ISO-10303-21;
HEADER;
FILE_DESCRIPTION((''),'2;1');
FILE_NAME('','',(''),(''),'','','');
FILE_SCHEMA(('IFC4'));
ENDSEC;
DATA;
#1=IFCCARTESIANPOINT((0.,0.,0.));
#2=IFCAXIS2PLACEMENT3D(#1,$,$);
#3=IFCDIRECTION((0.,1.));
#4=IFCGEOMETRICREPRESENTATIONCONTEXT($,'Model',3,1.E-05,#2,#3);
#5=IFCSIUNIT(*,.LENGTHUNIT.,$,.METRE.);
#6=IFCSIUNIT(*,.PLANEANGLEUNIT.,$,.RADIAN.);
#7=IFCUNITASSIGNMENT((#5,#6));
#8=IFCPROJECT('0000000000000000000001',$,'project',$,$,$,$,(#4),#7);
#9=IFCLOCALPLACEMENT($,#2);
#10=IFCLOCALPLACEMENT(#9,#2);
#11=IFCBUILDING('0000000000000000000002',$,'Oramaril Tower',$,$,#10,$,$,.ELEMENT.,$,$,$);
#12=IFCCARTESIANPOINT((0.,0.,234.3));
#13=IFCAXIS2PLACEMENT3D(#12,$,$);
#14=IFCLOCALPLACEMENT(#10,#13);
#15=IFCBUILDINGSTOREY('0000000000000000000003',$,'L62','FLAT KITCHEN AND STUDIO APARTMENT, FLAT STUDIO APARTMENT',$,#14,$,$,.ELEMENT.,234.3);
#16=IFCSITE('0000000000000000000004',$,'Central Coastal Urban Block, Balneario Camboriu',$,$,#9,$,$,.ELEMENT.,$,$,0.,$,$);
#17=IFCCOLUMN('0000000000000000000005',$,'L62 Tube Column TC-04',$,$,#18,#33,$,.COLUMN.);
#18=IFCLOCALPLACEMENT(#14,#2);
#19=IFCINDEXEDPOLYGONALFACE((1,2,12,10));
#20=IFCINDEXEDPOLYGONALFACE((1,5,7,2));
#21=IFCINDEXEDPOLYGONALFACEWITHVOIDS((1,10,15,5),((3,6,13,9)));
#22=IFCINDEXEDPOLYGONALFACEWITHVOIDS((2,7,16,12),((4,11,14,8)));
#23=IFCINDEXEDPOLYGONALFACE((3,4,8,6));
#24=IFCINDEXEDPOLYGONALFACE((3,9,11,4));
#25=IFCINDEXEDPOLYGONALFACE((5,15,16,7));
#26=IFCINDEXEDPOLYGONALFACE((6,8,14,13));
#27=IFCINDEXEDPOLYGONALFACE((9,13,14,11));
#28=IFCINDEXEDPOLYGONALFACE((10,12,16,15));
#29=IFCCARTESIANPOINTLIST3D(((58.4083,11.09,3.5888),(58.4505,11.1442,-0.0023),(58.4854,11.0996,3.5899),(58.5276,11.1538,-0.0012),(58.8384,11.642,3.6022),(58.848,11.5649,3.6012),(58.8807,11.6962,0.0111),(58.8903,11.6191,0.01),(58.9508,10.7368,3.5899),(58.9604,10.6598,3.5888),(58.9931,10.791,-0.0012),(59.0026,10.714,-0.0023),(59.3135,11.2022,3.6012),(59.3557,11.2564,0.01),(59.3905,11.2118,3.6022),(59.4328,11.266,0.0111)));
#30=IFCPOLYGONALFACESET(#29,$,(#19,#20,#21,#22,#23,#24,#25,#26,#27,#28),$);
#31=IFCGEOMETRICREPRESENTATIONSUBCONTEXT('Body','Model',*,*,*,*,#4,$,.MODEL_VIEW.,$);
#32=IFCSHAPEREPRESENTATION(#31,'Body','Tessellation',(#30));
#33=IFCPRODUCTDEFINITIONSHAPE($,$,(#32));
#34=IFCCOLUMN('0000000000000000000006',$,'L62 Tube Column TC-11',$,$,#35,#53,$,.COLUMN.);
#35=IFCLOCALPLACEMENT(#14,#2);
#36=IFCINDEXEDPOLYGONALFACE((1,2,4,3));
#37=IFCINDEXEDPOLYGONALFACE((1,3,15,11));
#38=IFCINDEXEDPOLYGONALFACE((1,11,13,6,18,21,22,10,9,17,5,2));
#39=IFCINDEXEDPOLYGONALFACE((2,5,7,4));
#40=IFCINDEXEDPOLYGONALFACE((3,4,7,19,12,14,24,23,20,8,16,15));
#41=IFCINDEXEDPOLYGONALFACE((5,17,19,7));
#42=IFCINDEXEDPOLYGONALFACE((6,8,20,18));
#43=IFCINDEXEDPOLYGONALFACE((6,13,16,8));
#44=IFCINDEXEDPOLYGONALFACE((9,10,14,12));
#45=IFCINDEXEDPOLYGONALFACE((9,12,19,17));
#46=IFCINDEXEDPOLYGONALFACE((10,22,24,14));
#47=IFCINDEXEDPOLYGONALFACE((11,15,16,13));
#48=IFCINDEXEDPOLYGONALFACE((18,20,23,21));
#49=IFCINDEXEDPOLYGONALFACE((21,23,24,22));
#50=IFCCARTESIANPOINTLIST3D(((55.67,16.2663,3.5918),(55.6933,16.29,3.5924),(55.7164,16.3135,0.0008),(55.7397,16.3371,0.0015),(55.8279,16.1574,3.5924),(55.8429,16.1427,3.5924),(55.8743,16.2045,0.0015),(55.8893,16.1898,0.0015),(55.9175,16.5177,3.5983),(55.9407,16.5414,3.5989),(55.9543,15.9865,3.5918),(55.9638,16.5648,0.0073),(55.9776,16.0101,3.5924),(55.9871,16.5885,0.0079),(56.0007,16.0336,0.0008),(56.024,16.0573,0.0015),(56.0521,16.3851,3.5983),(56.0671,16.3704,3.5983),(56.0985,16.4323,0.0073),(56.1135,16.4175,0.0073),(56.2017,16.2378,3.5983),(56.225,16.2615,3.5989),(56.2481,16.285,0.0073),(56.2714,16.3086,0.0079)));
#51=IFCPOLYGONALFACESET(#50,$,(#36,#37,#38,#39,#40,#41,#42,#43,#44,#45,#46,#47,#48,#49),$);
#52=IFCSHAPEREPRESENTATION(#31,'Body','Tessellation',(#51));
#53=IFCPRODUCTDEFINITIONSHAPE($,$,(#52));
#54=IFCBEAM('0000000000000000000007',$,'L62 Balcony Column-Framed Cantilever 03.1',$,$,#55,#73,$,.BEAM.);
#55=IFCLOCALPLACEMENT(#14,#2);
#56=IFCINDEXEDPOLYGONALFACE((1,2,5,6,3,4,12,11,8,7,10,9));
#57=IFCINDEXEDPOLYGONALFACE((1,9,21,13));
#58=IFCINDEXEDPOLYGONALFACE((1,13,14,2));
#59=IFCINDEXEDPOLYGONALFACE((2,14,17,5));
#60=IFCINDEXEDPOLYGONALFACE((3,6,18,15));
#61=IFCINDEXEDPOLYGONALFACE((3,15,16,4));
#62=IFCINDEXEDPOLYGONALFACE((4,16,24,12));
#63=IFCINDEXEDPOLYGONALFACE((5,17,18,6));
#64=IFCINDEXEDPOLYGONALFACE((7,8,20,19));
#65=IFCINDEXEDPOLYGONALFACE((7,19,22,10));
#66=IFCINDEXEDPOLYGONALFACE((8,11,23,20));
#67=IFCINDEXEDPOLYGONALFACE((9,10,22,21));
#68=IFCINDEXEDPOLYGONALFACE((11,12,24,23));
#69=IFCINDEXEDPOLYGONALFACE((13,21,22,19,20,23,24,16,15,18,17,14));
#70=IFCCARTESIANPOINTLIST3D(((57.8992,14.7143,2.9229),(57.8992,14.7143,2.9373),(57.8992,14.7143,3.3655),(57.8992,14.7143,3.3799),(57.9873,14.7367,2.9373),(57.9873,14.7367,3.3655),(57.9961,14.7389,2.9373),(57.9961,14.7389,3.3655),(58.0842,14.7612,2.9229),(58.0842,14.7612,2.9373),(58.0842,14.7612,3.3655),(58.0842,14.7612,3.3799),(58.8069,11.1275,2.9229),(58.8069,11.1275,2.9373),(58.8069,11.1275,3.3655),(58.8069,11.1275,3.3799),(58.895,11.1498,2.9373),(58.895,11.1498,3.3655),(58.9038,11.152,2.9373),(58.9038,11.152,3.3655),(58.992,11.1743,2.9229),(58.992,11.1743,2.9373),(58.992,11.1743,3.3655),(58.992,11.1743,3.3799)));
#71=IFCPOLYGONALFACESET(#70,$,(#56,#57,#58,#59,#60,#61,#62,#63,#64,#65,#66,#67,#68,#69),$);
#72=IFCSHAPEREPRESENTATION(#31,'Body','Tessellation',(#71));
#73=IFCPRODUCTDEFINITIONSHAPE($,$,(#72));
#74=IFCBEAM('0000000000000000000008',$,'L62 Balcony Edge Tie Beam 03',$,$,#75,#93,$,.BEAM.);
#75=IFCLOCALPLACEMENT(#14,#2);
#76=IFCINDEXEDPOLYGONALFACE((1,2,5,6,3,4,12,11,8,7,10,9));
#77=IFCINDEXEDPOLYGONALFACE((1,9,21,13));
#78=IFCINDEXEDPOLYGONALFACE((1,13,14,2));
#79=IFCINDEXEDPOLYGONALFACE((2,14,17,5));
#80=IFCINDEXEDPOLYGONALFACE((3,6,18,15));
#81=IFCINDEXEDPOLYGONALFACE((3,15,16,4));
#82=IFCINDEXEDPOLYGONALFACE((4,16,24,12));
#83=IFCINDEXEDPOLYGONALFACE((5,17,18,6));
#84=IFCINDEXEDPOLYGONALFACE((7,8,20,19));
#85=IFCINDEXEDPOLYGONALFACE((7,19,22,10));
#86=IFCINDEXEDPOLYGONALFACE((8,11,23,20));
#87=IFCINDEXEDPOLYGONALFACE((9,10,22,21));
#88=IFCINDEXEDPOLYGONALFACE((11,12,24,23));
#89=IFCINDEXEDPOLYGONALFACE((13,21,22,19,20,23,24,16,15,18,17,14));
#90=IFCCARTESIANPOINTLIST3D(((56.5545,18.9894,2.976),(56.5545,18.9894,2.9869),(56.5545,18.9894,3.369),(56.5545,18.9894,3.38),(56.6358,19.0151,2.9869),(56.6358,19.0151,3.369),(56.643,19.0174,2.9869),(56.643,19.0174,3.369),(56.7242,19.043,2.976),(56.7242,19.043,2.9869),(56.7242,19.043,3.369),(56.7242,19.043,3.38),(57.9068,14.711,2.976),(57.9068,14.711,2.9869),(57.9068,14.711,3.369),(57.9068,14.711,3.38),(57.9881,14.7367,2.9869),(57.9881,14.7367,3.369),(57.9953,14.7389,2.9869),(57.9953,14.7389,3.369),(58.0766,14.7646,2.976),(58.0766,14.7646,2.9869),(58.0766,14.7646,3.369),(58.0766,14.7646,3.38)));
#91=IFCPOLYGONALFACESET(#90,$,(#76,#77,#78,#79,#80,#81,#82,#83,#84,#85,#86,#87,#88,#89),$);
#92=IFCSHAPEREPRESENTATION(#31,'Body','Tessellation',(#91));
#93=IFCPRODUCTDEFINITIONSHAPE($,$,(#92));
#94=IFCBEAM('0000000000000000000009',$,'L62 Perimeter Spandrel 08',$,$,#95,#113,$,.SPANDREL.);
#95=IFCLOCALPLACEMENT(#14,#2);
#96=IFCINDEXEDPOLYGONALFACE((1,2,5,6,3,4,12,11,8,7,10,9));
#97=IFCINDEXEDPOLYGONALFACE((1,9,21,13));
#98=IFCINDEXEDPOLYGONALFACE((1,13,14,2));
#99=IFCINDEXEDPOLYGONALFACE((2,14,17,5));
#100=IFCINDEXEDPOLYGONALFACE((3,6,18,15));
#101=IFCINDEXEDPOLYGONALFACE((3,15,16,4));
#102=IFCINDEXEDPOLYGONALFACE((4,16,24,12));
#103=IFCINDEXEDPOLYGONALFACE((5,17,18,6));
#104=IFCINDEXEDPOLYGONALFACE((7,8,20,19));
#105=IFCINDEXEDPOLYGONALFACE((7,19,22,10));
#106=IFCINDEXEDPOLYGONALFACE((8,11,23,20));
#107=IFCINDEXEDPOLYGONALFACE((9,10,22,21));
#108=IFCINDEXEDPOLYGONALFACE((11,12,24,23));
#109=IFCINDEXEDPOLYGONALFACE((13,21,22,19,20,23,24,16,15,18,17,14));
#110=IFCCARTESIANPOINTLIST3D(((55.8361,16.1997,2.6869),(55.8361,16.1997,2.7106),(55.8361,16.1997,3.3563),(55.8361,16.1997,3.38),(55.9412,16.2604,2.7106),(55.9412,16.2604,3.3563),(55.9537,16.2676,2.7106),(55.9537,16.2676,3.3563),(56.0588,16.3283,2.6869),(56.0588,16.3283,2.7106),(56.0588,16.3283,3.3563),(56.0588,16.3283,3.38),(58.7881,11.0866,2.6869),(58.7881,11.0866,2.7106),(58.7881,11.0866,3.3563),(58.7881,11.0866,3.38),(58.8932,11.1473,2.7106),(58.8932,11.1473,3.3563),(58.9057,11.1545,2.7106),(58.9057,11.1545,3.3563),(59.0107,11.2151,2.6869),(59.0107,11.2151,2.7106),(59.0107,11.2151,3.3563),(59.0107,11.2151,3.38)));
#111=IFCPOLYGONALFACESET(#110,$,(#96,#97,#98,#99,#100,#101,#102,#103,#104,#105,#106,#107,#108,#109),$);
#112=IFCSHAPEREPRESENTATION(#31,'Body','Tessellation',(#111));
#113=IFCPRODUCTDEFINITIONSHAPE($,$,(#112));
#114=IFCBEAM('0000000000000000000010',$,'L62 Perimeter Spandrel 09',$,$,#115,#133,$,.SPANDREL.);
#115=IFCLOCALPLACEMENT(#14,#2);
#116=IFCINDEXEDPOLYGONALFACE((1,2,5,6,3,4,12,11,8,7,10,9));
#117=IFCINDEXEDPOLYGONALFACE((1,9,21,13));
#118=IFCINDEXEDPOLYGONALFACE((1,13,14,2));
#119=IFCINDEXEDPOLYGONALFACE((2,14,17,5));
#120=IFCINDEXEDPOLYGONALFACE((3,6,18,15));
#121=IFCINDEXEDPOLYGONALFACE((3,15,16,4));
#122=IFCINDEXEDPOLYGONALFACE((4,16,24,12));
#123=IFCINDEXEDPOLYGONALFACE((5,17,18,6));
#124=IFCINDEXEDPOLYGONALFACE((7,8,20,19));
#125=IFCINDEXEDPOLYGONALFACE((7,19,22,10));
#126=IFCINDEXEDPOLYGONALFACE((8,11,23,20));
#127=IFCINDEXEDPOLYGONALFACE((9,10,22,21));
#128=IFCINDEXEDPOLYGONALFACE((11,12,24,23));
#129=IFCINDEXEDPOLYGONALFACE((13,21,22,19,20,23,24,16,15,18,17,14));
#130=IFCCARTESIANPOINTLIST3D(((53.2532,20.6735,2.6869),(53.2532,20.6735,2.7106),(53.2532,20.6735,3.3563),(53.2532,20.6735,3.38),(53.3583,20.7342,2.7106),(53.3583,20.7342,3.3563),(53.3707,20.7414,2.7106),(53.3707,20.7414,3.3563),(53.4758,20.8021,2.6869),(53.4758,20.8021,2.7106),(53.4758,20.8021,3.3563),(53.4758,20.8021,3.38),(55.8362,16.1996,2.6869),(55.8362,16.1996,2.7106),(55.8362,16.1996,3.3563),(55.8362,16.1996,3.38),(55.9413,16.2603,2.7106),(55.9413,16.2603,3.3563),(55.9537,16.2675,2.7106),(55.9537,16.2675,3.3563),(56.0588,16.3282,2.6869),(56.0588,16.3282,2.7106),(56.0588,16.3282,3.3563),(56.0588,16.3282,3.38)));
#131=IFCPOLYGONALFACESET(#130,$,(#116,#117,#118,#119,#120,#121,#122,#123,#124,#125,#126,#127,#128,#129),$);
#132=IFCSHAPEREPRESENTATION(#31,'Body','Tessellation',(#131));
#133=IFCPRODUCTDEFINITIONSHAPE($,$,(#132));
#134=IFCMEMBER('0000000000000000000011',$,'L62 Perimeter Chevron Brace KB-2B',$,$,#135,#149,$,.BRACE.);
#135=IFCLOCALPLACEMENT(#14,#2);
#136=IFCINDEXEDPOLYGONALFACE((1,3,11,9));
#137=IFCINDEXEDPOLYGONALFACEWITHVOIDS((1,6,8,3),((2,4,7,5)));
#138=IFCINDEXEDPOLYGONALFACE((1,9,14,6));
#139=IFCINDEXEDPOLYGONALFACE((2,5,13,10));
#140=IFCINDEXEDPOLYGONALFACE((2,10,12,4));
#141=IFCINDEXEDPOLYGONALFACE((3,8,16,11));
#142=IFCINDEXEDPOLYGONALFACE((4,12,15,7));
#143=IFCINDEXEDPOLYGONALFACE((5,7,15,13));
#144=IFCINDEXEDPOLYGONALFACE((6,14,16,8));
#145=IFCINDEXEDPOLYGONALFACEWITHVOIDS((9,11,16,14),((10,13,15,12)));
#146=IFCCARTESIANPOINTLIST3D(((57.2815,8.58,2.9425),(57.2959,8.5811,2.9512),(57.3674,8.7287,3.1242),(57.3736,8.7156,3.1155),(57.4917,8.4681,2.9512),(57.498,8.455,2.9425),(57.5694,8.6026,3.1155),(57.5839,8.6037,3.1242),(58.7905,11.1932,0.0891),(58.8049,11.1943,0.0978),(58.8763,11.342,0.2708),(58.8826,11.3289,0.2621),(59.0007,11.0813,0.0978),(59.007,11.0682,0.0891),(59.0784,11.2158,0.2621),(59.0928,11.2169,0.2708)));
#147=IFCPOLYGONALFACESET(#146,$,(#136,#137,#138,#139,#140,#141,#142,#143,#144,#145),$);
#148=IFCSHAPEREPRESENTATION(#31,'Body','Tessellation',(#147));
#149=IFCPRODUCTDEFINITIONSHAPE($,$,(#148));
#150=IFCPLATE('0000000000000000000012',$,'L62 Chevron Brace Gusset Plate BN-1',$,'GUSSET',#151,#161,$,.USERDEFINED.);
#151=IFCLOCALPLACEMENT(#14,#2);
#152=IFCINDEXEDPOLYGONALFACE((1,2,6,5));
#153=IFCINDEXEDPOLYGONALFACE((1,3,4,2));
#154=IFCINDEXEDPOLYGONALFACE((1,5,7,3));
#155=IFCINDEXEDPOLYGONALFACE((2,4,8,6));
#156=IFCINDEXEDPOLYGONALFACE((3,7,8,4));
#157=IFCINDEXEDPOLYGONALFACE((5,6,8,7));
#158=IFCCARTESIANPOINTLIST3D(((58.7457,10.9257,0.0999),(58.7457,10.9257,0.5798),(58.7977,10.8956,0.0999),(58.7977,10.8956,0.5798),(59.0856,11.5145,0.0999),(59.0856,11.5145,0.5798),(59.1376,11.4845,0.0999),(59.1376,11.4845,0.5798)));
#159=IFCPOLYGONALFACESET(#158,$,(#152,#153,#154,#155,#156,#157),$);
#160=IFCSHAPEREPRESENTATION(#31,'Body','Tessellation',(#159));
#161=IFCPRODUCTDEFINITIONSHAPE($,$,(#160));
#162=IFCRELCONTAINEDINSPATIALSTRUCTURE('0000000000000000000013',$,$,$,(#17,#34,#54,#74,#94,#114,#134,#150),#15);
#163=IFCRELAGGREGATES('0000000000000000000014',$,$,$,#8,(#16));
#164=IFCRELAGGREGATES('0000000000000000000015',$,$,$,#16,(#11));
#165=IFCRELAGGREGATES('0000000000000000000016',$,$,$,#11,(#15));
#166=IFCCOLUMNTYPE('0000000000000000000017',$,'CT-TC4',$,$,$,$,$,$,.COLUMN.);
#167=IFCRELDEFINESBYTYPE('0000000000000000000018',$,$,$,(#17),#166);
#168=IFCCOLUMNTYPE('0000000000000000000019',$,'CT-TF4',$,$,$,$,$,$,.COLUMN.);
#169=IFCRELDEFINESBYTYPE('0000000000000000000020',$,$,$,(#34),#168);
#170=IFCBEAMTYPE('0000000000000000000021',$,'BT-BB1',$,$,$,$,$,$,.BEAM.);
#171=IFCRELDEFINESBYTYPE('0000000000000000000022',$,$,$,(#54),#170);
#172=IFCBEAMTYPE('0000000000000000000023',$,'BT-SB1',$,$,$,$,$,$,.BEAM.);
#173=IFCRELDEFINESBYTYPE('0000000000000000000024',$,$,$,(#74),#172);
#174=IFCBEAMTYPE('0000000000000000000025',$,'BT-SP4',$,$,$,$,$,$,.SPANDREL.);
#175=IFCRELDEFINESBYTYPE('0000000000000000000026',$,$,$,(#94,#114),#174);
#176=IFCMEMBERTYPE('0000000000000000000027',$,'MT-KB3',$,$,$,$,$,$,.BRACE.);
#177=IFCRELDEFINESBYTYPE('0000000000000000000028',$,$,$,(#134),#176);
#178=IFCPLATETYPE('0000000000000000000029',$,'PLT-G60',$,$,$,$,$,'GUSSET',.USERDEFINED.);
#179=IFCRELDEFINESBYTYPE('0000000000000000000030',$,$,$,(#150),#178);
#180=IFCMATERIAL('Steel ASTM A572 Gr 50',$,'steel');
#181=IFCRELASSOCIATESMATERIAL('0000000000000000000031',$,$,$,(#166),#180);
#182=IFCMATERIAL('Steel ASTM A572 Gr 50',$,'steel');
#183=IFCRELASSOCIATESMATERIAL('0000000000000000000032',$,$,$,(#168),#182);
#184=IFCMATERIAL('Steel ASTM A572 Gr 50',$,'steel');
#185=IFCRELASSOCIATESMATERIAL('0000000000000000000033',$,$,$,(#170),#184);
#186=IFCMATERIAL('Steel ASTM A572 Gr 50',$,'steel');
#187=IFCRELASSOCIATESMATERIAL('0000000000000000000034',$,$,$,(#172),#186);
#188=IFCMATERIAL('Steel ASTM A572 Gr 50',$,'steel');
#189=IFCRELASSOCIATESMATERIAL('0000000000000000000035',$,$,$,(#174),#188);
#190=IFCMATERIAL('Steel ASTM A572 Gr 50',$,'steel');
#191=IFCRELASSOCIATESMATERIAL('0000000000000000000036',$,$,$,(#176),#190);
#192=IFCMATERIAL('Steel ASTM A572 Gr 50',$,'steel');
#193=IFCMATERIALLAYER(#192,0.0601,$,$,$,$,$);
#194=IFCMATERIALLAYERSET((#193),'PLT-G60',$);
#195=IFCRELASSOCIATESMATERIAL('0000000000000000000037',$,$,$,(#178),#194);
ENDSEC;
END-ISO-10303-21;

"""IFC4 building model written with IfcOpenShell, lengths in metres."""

from ifc_helpers import new_model, si_unit, direction, frame, origin, origin_2d, place, context, subcontext, project, spatial, rectangle, hollow_rectangle, i_section, extrude, material, layer, layer_set, material_profile, profile_set, type_object, element, save


model = new_model("IFC4")

# Units and contexts
model_context = context("Model", 3, precision=1e-05, world=origin(), true_north=direction((0.0, 1.0)))
body_context = subcontext(model_context, "Body", "Model", "MODEL_VIEW")
ifc_project = project(units=[si_unit("LENGTHUNIT", "METRE"), si_unit("PLANEANGLEUNIT", "RADIAN")], contexts=[model_context])

# Site, building, storey
site_placement = place(None, origin())
site = spatial("IfcSite", under=ifc_project, at=site_placement, Name="Central Coastal Urban Block, Balneario Camboriu", CompositionType="ELEMENT", RefElevation=0.0)
building_placement = place(site_placement, origin())
building = spatial("IfcBuilding", under=site, at=building_placement, Name="Oramaril Tower", CompositionType="ELEMENT")
storey_placement = place(building_placement, frame((0.0, 0.0, 234.3)))
storey = spatial("IfcBuildingStorey", under=building, at=storey_placement, Name="L62", Description="FLAT KITCHEN AND STUDIO APARTMENT, FLAT STUDIO APARTMENT", CompositionType="ELEMENT", Elevation=234.3)

# Columns
ifc_material_1 = material(Name="Steel ASTM A572 Gr 50", Category="steel")
ifc_material_profile_1 = material_profile(ifc_material_1, hollow_rectangle(XDim=0.7, YDim=0.7, WallThickness=0.0549, at=origin_2d()), Name="BOX700X700X55")
ifc_profile_set_1 = profile_set([ifc_material_profile_1], Name="Steel ASTM A572 Gr 50")
column_type_1 = type_object("IfcColumnType", Name="CT-TC4", PredefinedType="COLUMN", material=ifc_profile_set_1)
column_1_placement = place(storey_placement, frame((58.9417, 11.2051, 0.0044), z_axis=(-0.011759, -0.01509, 0.999817), x_axis=(0.788778, -0.614678, 0.0)))
element("IfcColumn", 1, at=column_1_placement, inside=storey, type_object=column_type_1, Name="L62 Tube Column TC-04", PredefinedType="COLUMN", context=body_context, shape_type="SweptSolid", body=[
    extrude(hollow_rectangle(XDim=0.7, YDim=0.7, WallThickness=0.0549, at=origin_2d()), origin(), (0.0, 0.0, 1.0), 3.5918),
])
ifc_material_2 = material(Name="Steel ASTM A572 Gr 50", Category="steel")
ifc_material_profile_2 = material_profile(ifc_material_2, i_section(OverallWidth=0.3989, OverallDepth=0.386, WebThickness=0.021, FlangeThickness=0.0332, at=origin_2d()), Name="W14X176")
ifc_profile_set_2 = profile_set([ifc_material_profile_2], Name="Steel ASTM A572 Gr 50")
column_type_2 = type_object("IfcColumnType", Name="CT-TF4", PredefinedType="COLUMN", material=ifc_profile_set_2)
column_2_placement = place(storey_placement, frame((55.9939, 16.311, 0.0044), z_axis=(-0.012915, -0.013119, 0.999831), x_axis=(0.712624, -0.701547, 0.0)))
element("IfcColumn", 2, at=column_2_placement, inside=storey, type_object=column_type_2, Name="L62 Tube Column TC-11", PredefinedType="COLUMN", context=body_context, shape_type="SweptSolid", body=[
    extrude(i_section(OverallWidth=0.3989, OverallDepth=0.386, WebThickness=0.021, FlangeThickness=0.0332, at=origin_2d()), origin(), (0.0, 0.0, 1.0), 3.5916),
])

# Beams
ifc_material_3 = material(Name="Steel ASTM A572 Gr 50", Category="steel")
ifc_material_profile_3 = material_profile(ifc_material_3, i_section(OverallWidth=0.1909, OverallDepth=0.457, WebThickness=0.009, FlangeThickness=0.0144, at=origin_2d()), Name="W18X50")
ifc_profile_set_3 = profile_set([ifc_material_profile_3], Name="Steel ASTM A572 Gr 50")
beam_type_1 = type_object("IfcBeamType", Name="BT-BB1", PredefinedType="BEAM", material=ifc_profile_set_3)
beam_1_placement = place(storey_placement, frame((58.8994, 11.1509, 3.1514), z_axis=(-0.245329, 0.96944, 0.0), x_axis=(-0.96944, -0.245329, 0.0)))
element("IfcBeam", 3, at=beam_1_placement, inside=storey, type_object=beam_type_1, Name="L62 Balcony Column-Framed Cantilever 03.1", PredefinedType="BEAM", context=body_context, shape_type="SweptSolid", body=[
    extrude(i_section(OverallWidth=0.1909, OverallDepth=0.457, WebThickness=0.009, FlangeThickness=0.0144, at=origin_2d()), origin(), (0.0, 0.0, 1.0), 3.7),
])
ifc_material_4 = material(Name="Steel ASTM A572 Gr 50", Category="steel")
ifc_material_profile_4 = material_profile(ifc_material_4, i_section(OverallWidth=0.178, OverallDepth=0.4041, WebThickness=0.0076, FlangeThickness=0.011, at=origin_2d()), Name="W16X36")
ifc_profile_set_4 = profile_set([ifc_material_profile_4], Name="Steel ASTM A572 Gr 50")
beam_type_2 = type_object("IfcBeamType", Name="BT-SB1", PredefinedType="BEAM", material=ifc_profile_set_4)
beam_2_placement = place(storey_placement, frame((57.9917, 14.7378, 3.178), z_axis=(-0.301384, 0.953503, 0.0), x_axis=(-0.953503, -0.301384, 0.0)))
element("IfcBeam", 4, at=beam_2_placement, inside=storey, type_object=beam_type_2, Name="L62 Balcony Edge Tie Beam 03", PredefinedType="BEAM", context=body_context, shape_type="SweptSolid", body=[
    extrude(i_section(OverallWidth=0.178, OverallDepth=0.4041, WebThickness=0.0076, FlangeThickness=0.011, at=origin_2d()), origin(), (0.0, 0.0, 1.0), 4.4871),
])
ifc_material_5 = material(Name="Steel ASTM A572 Gr 50", Category="steel")
ifc_material_profile_5 = material_profile(ifc_material_5, i_section(OverallWidth=0.2571, OverallDepth=0.6931, WebThickness=0.0144, FlangeThickness=0.0237, at=origin_2d()), Name="W27X114")
ifc_profile_set_5 = profile_set([ifc_material_profile_5], Name="Steel ASTM A572 Gr 50")
beam_type_3 = type_object("IfcBeamType", Name="BT-SP4", PredefinedType="SPANDREL", material=ifc_profile_set_5)
beam_3_placement = place(storey_placement, frame((58.8994, 11.1509, 3.0334), z_axis=(-0.499986, 0.866033, 0.0), x_axis=(-0.866033, -0.499986, 0.0)))
element("IfcBeam", 5, at=beam_3_placement, inside=storey, type_object=beam_type_3, Name="L62 Perimeter Spandrel 08", PredefinedType="SPANDREL", context=body_context, shape_type="SweptSolid", body=[
    extrude(i_section(OverallWidth=0.2571, OverallDepth=0.6931, WebThickness=0.0144, FlangeThickness=0.0237, at=origin_2d()), origin(), (0.0, 0.0, 1.0), 5.9041),
])
beam_4_placement = place(storey_placement, frame((55.9475, 16.2639, 3.0334), z_axis=(-0.500002, 0.866024, 0.0), x_axis=(-0.866024, -0.500002, 0.0)))
element("IfcBeam", 6, at=beam_4_placement, inside=storey, type_object=beam_type_3, Name="L62 Perimeter Spandrel 09", PredefinedType="SPANDREL", context=body_context, shape_type="SweptSolid", body=[
    extrude(i_section(OverallWidth=0.2571, OverallDepth=0.6931, WebThickness=0.0144, FlangeThickness=0.0237, at=origin_2d()), origin(), (0.0, 0.0, 1.0), 5.166),
])

# Member
ifc_material_6 = material(Name="Steel ASTM A572 Gr 50", Category="steel")
ifc_material_profile_6 = material_profile(ifc_material_6, hollow_rectangle(XDim=0.25, YDim=0.25, WallThickness=0.012, at=origin_2d()), Name="HSS250X250X12")
ifc_profile_set_6 = profile_set([ifc_material_profile_6], Name="Steel ASTM A572 Gr 50")
member_type = type_object("IfcMemberType", Name="MT-KB3", PredefinedType="BRACE", material=ifc_profile_set_6)
member_placement = place(storey_placement, frame((58.9417, 11.2051, 0.1799), z_axis=(-0.363343, -0.629223, 0.687066), x_axis=(0.865989, -0.500063, 0.0)))
element("IfcMember", 7, at=member_placement, inside=storey, type_object=member_type, Name="L62 Perimeter Chevron Brace KB-2B", PredefinedType="BRACE", context=body_context, shape_type="SweptSolid", body=[
    extrude(hollow_rectangle(XDim=0.25, YDim=0.25, WallThickness=0.012, at=origin_2d()), origin(), (0.0, 0.0, 1.0), 4.1531),
])

# Plate
ifc_material_7 = material(Name="Steel ASTM A572 Gr 50", Category="steel")
ifc_layer_1 = layer(ifc_material_7, 0.0601)
ifc_layer_set_1 = layer_set([ifc_layer_1], Name="PLT-G60")
plate_type = type_object("IfcPlateType", Name="PLT-G60", ElementType="GUSSET", PredefinedType="USERDEFINED", material=ifc_layer_set_1)
plate_placement = place(storey_placement, frame((58.9417, 11.2051, 0.0999), z_axis=(0.0, 0.0, 1.0), x_axis=(0.5, 0.866025, 0.0)))
element("IfcPlate", 8, at=plate_placement, inside=storey, type_object=plate_type, Name="L62 Chevron Brace Gusset Plate BN-1", ObjectType="GUSSET", PredefinedType="USERDEFINED", context=body_context, shape_type="SweptSolid", body=[
    extrude(rectangle(XDim=0.6799, YDim=0.0601, at=origin_2d()), origin(), (0.0, 0.0, 1.0), 0.48),
])

save(model, "model.ifc")
